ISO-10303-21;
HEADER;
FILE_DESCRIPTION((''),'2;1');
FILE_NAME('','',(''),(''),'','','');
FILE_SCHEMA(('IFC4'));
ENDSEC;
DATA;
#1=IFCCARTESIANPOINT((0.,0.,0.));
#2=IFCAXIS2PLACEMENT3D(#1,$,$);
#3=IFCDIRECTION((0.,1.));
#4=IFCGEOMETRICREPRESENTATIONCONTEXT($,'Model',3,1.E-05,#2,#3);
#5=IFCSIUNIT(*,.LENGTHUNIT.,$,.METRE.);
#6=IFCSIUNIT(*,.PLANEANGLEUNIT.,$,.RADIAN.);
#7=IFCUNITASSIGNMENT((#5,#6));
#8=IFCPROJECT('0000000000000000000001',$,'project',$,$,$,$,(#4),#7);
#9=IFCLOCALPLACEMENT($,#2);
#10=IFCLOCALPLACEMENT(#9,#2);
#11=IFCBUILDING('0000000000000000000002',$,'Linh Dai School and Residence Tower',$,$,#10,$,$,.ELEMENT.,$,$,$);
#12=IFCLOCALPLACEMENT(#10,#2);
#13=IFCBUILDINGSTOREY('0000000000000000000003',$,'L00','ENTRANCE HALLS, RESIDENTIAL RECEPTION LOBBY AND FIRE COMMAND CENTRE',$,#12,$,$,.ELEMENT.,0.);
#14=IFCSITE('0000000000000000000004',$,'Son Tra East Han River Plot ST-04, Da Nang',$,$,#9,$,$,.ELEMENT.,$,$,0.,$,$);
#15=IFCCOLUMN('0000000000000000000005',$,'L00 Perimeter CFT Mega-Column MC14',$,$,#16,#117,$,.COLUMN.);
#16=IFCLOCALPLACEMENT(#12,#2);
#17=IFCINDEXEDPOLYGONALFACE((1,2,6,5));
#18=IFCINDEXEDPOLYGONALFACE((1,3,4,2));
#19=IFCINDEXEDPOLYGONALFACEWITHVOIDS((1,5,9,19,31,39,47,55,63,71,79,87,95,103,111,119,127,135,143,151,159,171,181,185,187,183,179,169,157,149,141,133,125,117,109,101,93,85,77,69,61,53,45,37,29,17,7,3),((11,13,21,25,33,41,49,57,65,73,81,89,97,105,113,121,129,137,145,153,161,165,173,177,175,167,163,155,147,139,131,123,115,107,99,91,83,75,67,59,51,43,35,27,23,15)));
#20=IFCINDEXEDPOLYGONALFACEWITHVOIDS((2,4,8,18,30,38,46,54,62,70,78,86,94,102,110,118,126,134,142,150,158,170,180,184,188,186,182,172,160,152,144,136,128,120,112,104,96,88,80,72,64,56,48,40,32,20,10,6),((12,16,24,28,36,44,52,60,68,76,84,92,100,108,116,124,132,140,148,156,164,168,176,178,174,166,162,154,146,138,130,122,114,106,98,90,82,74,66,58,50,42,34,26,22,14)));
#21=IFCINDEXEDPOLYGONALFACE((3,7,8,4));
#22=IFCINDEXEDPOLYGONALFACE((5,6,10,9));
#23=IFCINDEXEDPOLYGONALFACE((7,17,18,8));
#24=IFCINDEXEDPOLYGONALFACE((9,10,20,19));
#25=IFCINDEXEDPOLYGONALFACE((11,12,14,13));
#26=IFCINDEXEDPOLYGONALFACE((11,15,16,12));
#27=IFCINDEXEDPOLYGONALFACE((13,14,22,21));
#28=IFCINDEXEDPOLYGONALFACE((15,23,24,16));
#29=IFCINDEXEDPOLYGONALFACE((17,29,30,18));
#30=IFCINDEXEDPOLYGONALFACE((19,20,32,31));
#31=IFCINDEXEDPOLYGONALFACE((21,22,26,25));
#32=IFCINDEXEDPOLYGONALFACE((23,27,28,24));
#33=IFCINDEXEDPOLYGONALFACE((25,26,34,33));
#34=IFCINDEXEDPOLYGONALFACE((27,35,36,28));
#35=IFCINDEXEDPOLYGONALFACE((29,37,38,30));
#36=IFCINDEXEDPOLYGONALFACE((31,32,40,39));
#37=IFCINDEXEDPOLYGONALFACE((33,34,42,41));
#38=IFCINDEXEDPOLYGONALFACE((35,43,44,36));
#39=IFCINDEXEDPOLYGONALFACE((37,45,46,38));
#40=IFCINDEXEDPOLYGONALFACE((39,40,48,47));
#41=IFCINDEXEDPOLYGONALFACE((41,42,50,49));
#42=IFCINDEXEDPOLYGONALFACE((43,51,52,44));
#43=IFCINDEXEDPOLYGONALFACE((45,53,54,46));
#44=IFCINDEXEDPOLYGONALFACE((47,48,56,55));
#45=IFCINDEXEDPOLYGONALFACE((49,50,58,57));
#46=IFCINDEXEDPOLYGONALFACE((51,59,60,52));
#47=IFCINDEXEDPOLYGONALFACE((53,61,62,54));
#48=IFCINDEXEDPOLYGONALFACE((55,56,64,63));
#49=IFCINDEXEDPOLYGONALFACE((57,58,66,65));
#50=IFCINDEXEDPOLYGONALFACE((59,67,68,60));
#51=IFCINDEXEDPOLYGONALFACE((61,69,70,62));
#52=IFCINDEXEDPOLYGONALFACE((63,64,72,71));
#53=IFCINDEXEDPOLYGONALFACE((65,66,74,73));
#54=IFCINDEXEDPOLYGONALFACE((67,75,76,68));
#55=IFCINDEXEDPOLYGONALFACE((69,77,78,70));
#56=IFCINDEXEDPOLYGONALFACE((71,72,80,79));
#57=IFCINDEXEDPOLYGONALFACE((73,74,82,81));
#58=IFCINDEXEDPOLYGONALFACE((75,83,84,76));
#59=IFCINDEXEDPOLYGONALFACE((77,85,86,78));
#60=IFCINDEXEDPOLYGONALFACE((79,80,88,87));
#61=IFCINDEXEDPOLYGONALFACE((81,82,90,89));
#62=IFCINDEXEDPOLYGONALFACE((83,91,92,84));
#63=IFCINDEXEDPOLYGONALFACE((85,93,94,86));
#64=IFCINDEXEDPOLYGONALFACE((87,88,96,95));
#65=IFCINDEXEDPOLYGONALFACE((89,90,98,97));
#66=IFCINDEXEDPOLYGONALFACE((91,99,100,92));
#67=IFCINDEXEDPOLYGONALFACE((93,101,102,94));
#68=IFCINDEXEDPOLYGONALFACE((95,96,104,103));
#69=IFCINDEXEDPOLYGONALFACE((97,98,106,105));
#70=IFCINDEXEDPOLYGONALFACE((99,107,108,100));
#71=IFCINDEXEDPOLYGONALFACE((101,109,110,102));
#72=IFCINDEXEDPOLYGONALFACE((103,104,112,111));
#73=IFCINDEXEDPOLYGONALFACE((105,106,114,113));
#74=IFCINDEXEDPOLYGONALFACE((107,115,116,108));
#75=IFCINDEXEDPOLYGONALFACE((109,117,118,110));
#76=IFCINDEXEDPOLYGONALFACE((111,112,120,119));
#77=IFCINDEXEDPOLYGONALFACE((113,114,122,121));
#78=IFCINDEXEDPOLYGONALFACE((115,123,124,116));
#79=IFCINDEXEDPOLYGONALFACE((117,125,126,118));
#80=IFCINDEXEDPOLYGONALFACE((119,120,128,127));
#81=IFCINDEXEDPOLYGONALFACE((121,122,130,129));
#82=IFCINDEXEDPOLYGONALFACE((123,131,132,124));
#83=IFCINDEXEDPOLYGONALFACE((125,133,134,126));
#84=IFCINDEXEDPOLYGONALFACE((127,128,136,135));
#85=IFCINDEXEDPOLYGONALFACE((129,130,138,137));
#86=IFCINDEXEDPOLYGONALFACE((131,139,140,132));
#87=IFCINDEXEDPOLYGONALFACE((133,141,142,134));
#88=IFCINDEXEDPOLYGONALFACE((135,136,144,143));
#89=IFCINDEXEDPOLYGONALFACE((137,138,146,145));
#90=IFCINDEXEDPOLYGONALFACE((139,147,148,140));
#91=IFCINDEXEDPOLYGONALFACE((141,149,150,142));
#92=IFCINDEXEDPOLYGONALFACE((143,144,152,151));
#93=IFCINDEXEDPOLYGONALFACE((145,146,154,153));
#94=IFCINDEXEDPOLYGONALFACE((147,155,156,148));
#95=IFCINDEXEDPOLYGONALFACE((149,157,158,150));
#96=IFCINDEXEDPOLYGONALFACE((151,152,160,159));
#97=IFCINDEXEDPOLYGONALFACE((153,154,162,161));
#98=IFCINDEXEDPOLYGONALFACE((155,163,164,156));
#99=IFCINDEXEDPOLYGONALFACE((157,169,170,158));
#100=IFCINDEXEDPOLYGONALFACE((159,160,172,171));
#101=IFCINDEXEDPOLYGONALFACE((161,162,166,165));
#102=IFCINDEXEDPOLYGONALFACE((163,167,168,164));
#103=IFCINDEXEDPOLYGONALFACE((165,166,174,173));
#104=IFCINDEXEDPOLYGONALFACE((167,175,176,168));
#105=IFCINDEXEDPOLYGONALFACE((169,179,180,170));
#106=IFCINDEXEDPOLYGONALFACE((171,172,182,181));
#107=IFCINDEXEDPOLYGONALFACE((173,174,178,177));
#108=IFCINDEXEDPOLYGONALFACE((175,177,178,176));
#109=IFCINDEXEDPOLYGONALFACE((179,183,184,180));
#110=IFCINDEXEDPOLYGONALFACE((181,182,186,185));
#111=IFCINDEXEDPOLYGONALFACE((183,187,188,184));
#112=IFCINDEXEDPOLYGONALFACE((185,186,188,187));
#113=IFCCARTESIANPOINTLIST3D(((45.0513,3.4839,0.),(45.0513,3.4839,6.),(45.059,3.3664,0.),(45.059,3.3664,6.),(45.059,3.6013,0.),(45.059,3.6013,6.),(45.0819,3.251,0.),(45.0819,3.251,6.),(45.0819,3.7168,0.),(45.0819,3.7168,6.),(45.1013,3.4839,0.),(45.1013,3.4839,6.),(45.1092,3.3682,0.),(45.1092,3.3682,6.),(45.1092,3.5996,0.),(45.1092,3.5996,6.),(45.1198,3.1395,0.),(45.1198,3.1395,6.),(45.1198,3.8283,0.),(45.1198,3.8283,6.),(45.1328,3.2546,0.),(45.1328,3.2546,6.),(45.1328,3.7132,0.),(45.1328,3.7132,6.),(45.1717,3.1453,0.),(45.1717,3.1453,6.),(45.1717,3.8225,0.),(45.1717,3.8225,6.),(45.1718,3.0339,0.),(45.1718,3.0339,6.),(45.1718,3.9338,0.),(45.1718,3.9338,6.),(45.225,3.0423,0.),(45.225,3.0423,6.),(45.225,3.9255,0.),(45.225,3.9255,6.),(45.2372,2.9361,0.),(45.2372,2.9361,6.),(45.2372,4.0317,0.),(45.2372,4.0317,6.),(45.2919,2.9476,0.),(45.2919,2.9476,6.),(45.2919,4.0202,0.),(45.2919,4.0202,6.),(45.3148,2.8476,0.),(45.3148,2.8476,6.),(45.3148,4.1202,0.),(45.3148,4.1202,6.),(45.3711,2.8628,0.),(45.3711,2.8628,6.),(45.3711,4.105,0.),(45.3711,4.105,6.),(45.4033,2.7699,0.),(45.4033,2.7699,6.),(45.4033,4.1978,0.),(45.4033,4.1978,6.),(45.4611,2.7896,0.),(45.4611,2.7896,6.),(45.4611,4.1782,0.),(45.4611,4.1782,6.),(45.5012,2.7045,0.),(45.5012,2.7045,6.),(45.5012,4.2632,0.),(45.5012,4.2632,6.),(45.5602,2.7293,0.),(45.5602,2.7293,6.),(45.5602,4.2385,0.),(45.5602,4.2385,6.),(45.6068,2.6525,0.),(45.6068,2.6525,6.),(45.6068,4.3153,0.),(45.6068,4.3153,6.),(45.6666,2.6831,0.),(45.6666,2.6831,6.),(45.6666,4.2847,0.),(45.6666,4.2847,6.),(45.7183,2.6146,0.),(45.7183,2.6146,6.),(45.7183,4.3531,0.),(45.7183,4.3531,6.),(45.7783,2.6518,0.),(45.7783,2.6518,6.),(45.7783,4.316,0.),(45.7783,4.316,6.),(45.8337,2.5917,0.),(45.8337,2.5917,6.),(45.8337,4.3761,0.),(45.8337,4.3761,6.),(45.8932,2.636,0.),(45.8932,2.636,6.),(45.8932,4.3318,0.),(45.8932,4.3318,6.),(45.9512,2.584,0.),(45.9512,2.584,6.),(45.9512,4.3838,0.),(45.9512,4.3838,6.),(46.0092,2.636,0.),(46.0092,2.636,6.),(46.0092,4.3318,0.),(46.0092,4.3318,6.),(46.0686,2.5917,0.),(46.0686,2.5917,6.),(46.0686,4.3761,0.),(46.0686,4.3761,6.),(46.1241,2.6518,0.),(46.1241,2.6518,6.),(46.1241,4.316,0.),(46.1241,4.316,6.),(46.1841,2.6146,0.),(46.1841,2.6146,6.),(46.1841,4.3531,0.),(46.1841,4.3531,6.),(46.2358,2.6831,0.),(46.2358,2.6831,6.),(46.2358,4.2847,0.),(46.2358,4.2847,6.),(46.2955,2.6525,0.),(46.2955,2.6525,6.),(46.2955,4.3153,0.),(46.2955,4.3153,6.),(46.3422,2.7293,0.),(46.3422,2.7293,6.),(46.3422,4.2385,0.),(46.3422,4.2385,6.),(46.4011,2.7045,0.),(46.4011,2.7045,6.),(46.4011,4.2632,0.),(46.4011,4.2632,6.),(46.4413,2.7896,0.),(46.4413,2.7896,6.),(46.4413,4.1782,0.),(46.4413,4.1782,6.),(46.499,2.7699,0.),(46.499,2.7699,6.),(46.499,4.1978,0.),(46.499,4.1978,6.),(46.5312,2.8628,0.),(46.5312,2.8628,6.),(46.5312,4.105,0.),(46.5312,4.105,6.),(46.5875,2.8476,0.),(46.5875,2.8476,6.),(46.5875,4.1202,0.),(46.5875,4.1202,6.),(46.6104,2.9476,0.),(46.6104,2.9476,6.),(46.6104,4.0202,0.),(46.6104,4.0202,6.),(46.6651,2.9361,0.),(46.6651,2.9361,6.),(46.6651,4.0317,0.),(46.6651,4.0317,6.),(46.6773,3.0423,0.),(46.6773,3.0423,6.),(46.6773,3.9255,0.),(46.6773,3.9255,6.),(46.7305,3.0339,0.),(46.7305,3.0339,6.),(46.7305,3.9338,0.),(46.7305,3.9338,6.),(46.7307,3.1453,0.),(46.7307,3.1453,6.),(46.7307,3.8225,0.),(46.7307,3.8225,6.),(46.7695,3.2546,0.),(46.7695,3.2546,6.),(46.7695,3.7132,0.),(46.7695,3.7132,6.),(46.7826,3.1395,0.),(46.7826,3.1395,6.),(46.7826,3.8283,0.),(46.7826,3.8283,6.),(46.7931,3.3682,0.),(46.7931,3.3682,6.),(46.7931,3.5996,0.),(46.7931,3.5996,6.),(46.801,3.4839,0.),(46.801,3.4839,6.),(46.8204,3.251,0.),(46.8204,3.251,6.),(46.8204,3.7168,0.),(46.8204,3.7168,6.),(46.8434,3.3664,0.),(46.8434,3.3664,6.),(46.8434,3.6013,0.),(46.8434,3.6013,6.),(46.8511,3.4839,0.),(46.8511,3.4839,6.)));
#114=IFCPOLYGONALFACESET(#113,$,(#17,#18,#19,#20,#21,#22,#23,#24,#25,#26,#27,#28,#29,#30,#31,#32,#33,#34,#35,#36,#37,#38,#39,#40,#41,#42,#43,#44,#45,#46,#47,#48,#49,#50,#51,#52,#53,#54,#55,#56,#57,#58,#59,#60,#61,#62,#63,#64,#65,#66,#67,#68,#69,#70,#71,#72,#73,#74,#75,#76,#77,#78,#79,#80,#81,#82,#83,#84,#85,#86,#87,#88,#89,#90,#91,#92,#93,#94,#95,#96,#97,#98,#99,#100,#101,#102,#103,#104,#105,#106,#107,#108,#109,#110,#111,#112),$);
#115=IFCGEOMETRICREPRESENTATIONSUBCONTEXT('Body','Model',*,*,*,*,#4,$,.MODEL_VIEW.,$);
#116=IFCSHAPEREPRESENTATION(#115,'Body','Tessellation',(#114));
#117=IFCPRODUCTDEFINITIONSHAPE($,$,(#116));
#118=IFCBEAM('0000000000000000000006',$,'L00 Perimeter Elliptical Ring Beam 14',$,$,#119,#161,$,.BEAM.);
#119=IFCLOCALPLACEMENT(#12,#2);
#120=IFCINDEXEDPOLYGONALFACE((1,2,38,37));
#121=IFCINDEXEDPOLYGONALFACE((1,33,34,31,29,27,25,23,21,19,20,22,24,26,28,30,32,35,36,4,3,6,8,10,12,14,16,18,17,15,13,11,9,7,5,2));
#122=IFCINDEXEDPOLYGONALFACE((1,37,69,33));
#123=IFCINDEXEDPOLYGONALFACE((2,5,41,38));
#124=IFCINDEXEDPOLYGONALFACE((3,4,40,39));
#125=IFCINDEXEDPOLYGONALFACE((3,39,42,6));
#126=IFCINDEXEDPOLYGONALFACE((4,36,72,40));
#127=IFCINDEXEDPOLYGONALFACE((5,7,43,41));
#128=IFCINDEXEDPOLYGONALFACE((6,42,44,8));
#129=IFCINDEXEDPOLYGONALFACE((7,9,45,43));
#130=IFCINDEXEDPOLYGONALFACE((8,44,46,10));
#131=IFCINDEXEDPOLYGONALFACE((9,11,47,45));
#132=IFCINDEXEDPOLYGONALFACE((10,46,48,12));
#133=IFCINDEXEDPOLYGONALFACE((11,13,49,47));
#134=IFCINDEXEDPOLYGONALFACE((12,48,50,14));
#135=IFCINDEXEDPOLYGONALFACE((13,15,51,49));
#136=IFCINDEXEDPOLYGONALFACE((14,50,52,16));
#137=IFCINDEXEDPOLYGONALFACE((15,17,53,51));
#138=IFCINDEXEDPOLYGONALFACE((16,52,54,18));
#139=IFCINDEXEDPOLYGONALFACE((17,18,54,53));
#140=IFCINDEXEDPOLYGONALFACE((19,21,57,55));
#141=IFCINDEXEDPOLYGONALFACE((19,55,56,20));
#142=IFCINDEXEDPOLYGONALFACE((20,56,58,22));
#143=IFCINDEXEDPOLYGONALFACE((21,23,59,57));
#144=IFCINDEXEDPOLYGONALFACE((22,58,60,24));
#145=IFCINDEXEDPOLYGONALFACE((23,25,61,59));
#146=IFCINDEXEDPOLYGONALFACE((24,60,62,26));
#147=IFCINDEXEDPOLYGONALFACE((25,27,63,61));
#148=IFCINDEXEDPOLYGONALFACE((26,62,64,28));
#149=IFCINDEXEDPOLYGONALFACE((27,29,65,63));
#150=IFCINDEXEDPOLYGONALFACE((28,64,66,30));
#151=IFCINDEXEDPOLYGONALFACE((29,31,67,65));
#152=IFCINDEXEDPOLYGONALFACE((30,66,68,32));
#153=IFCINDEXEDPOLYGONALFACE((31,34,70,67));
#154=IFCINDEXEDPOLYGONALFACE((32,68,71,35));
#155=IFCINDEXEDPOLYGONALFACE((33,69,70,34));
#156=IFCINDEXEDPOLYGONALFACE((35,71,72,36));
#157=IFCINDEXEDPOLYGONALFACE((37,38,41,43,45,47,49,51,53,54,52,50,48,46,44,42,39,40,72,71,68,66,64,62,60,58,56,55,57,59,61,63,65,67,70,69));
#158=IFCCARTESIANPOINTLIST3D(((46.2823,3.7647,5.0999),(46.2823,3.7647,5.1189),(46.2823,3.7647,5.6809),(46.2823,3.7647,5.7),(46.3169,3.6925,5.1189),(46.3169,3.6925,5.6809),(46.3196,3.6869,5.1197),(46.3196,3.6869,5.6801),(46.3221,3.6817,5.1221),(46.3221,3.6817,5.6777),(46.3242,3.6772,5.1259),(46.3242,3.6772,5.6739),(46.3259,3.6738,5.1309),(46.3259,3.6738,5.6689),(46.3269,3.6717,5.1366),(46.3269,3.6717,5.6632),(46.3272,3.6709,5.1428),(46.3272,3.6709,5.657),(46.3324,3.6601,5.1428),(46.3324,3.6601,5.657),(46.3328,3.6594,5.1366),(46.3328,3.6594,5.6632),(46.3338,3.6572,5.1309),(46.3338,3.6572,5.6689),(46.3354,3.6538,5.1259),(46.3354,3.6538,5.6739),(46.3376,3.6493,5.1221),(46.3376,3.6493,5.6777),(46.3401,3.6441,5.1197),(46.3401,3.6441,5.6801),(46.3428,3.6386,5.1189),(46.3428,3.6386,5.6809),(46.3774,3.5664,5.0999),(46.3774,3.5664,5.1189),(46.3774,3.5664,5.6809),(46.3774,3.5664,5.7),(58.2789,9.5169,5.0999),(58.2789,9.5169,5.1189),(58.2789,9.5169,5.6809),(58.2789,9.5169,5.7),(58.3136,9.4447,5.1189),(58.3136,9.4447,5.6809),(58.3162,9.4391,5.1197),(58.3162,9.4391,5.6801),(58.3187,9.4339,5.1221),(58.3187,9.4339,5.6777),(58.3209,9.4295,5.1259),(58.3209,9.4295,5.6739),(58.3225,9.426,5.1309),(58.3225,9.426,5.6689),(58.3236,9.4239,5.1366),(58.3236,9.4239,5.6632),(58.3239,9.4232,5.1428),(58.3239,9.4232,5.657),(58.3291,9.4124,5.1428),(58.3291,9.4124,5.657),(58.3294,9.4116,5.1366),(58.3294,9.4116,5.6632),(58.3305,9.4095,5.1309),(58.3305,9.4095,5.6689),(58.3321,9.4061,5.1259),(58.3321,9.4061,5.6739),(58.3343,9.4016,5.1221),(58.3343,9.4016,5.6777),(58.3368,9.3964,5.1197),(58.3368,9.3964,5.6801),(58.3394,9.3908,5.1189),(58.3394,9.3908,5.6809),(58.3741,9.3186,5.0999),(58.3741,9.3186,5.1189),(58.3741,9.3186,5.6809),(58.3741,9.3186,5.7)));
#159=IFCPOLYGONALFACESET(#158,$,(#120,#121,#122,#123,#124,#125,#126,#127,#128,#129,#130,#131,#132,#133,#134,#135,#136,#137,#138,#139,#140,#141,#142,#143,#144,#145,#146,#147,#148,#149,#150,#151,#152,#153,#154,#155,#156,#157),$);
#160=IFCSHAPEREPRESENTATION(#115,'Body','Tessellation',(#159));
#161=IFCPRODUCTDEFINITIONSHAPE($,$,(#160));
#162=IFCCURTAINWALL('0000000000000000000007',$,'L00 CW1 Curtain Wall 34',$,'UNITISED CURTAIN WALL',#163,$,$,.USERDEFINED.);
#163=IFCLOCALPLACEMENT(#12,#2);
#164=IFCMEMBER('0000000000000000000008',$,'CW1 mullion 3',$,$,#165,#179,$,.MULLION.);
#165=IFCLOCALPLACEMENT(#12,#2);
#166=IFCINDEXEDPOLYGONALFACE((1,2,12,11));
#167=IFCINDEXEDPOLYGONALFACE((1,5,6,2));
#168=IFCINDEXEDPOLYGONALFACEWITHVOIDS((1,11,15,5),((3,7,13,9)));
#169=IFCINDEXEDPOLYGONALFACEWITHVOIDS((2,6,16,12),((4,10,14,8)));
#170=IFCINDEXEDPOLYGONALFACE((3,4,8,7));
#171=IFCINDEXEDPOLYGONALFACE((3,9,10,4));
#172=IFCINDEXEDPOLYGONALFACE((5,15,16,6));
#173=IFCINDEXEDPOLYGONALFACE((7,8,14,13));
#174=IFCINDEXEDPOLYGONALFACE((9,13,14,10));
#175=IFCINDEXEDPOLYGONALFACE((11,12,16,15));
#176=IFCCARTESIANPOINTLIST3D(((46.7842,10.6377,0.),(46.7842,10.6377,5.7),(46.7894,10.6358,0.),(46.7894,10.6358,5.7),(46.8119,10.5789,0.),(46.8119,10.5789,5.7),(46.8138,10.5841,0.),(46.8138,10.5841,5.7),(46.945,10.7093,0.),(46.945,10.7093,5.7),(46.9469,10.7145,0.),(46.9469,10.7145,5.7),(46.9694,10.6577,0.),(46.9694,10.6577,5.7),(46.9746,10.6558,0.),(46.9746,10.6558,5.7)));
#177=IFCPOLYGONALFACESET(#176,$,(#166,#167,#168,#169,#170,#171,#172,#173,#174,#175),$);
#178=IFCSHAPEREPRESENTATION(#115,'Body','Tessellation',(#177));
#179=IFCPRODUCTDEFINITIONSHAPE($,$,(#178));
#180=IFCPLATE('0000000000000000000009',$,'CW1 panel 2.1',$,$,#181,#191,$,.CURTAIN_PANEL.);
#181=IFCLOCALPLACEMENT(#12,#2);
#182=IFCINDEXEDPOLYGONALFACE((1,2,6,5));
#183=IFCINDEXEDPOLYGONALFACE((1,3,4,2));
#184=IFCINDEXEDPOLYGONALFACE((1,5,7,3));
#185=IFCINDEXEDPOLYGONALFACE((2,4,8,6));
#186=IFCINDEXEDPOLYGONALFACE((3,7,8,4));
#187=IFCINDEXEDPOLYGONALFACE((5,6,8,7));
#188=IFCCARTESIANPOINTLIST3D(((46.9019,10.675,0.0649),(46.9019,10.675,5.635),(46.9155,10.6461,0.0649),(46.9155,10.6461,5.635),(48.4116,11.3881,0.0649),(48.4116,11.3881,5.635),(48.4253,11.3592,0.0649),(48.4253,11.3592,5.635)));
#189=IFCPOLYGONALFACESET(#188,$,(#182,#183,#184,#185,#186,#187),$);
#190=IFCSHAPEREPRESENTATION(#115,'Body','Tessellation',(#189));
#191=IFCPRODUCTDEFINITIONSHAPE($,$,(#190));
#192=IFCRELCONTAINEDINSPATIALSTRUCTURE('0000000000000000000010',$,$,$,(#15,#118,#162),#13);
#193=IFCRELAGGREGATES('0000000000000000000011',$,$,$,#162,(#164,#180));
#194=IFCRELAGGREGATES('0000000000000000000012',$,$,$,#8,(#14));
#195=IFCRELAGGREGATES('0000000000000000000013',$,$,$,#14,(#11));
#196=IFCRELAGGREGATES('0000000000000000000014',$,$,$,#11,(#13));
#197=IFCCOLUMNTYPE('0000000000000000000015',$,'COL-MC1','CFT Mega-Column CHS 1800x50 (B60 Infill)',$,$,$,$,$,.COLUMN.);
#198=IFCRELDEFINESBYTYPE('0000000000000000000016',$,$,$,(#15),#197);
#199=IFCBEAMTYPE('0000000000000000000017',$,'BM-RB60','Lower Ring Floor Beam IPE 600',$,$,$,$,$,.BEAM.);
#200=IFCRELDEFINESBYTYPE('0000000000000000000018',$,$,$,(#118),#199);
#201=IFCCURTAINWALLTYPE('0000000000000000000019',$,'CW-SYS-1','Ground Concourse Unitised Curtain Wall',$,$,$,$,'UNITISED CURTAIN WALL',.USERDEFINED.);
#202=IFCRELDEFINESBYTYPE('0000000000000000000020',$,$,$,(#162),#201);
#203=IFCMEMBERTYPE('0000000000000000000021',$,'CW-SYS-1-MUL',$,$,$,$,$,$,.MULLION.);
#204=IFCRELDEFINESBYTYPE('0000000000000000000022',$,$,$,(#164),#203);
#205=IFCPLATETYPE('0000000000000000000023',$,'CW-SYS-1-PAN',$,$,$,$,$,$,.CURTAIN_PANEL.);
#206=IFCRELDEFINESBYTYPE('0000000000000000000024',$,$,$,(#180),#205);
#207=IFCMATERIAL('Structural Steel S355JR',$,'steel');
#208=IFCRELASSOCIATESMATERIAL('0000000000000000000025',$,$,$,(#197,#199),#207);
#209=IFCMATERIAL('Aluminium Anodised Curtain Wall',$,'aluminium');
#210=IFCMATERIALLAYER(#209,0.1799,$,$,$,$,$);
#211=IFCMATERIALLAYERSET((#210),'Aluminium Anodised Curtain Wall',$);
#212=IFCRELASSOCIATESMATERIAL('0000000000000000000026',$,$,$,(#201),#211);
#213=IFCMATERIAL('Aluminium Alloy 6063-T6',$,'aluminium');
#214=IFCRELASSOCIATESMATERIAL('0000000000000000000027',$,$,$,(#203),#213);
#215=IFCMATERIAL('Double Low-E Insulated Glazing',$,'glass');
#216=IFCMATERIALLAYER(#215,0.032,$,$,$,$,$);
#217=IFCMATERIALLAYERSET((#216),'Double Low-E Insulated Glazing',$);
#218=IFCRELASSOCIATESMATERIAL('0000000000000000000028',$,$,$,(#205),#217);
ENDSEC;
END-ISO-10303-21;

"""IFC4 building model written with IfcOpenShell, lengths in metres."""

from ifc_helpers import new_model, si_unit, direction, frame, origin, origin_2d, place, context, subcontext, project, spatial, rectangle, hollow_rectangle, hollow_circle, i_section, extrude, source, transform, mapped, material, layer, layer_set, material_profile, profile_set, type_object, element, aggregate, save


model = new_model("IFC4")

# Units and contexts
model_context = context("Model", 3, precision=1e-05, world=origin(), true_north=direction((0.0, 1.0)))
body_context = subcontext(model_context, "Body", "Model", "MODEL_VIEW")
ifc_project = project(units=[si_unit("LENGTHUNIT", "METRE"), si_unit("PLANEANGLEUNIT", "RADIAN")], contexts=[model_context])

# Site, building, storey
site_placement = place(None, origin())
site = spatial("IfcSite", under=ifc_project, at=site_placement, Name="Son Tra East Han River Plot ST-04, Da Nang", CompositionType="ELEMENT", RefElevation=0.0)
building_placement = place(site_placement, origin())
building = spatial("IfcBuilding", under=site, at=building_placement, Name="Linh Dai School and Residence Tower", CompositionType="ELEMENT")
storey_placement = place(building_placement, origin())
storey = spatial("IfcBuildingStorey", under=building, at=storey_placement, Name="L00", Description="ENTRANCE HALLS, RESIDENTIAL RECEPTION LOBBY AND FIRE COMMAND CENTRE", CompositionType="ELEMENT", Elevation=0.0)

# Column
ifc_material_1 = material(Name="Structural Steel S355JR", Category="steel")
ifc_material_profile_1 = material_profile(ifc_material_1, hollow_circle(Radius=0.8999, WallThickness=0.05, at=origin_2d()), Name="CHS 1800x50")
ifc_profile_set_1 = profile_set([ifc_material_profile_1], Name="Structural Steel S355JR")
column_type = type_object("IfcColumnType", Name="COL-MC1", Description="CFT Mega-Column CHS 1800x50 (B60 Infill)", PredefinedType="COLUMN", material=ifc_profile_set_1)
column_placement = place(storey_placement, frame((45.9512, 3.4839, 0.0), z_axis=(0.0, 0.0, 1.0), x_axis=(1.0, 0.0, 0.0)))
element("IfcColumn", 1, at=column_placement, inside=storey, type_object=column_type, Name="L00 Perimeter CFT Mega-Column MC14", PredefinedType="COLUMN", context=body_context, shape_type="SweptSolid", body=[
    extrude(hollow_circle(Radius=0.8999, WallThickness=0.05, at=origin_2d()), origin(), (0.0, 0.0, 1.0), 6.0),
])

# Beam
ifc_material_profile_2 = material_profile(ifc_material_1, i_section(OverallWidth=0.22, OverallDepth=0.6001, WebThickness=0.012, FlangeThickness=0.019, FilletRadius=0.0239, at=origin_2d()), Name="IPE 600")
ifc_profile_set_2 = profile_set([ifc_material_profile_2], Name="Structural Steel S355JR")
beam_type = type_object("IfcBeamType", Name="BM-RB60", Description="Lower Ring Floor Beam IPE 600", PredefinedType="BEAM", material=ifc_profile_set_2)
beam_placement = place(storey_placement, frame((46.3298, 3.6655, 5.3999), z_axis=(0.901704, 0.432355, 0.0), x_axis=(-0.432355, 0.901704, 0.0)))
element("IfcBeam", 2, at=beam_placement, inside=storey, type_object=beam_type, Name="L00 Perimeter Elliptical Ring Beam 14", PredefinedType="BEAM", context=body_context, shape_type="SweptSolid", body=[
    extrude(i_section(OverallWidth=0.22, OverallDepth=0.6001, WebThickness=0.012, FlangeThickness=0.019, FilletRadius=0.0239, at=origin_2d()), origin(), (0.0, 0.0, 1.0), 13.3044),
])

# Curtain wall, member, plate
ifc_material_2 = material(Name="Aluminium Anodised Curtain Wall", Category="aluminium")
ifc_layer_1 = layer(ifc_material_2, 0.1799)
ifc_layer_set_1 = layer_set([ifc_layer_1], Name="Aluminium Anodised Curtain Wall")
curtain_wall_type = type_object("IfcCurtainWallType", Name="CW-SYS-1", Description="Ground Concourse Unitised Curtain Wall", ElementType="UNITISED CURTAIN WALL", PredefinedType="USERDEFINED", material=ifc_layer_set_1)
curtain_wall_placement = place(storey_placement, origin())
curtain_wall = element("IfcCurtainWall", 3, at=curtain_wall_placement, inside=storey, type_object=curtain_wall_type, Name="L00 CW1 Curtain Wall 34", ObjectType="UNITISED CURTAIN WALL", PredefinedType="USERDEFINED")
ifc_material_3 = material(Name="Aluminium Alloy 6063-T6", Category="aluminium")
ifc_material_profile_3 = material_profile(ifc_material_3, hollow_rectangle(XDim=0.0649, YDim=0.1799, WallThickness=0.0039, at=origin_2d()), Name="RHS 180x65x4")
ifc_profile_set_3 = profile_set([ifc_material_profile_3], Name="Aluminium Alloy 6063-T6")
member_type = type_object("IfcMemberType", Name="CW-SYS-1-MUL", PredefinedType="MULLION", material=ifc_profile_set_3)
shared_shape_1 = source(origin(), body_context, "Body", "SweptSolid", [
    extrude(hollow_rectangle(XDim=0.0649, YDim=0.1799, WallThickness=0.0039, at=origin_2d()), origin(), (0.0, 0.0, 1.0), 5.7),
])
member_placement = place(storey_placement, frame((46.8794, 10.6467, 0.0), z_axis=(0.0, 0.0, 1.0), x_axis=(0.427108, -0.904201, 0.0)))
member = element("IfcMember", 4, at=member_placement, type_object=member_type, Name="CW1 mullion 3", PredefinedType="MULLION", context=body_context, shape_type="MappedRepresentation", body=[
    mapped(shared_shape_1, transform((0.0, 0.0, 0.0), x_axis=(1.0, 0.0, 0.0), y_axis=(0.0, 1.0, 0.0), z_axis=(0.0, 0.0, 1.0), scale=1.0)),
])
ifc_material_4 = material(Name="Double Low-E Insulated Glazing", Category="glass")
ifc_layer_2 = layer(ifc_material_4, 0.032)
ifc_layer_set_2 = layer_set([ifc_layer_2], Name="Double Low-E Insulated Glazing")
plate_type = type_object("IfcPlateType", Name="CW-SYS-1-PAN", PredefinedType="CURTAIN_PANEL", material=ifc_layer_set_2)
shared_shape_2 = source(origin(), body_context, "Body", "SweptSolid", [
    extrude(rectangle(XDim=1.6697, YDim=0.032, at=origin_2d()), origin(), (0.0, 0.0, 1.0), 5.5701),
])
plate_placement = place(storey_placement, frame((47.6636, 11.0171, 0.0649), z_axis=(0.0, 0.0, 1.0), x_axis=(-0.904201, -0.427108, 0.0)))
plate = element("IfcPlate", 5, at=plate_placement, type_object=plate_type, Name="CW1 panel 2.1", PredefinedType="CURTAIN_PANEL", context=body_context, shape_type="MappedRepresentation", body=[
    mapped(shared_shape_2, transform((0.0, 0.0, 0.0), x_axis=(1.0, 0.0, 0.0), y_axis=(0.0, 1.0, 0.0), z_axis=(0.0, 0.0, 1.0), scale=1.0)),
])
aggregate(curtain_wall, [member, plate])

save(model, "model.ifc")
